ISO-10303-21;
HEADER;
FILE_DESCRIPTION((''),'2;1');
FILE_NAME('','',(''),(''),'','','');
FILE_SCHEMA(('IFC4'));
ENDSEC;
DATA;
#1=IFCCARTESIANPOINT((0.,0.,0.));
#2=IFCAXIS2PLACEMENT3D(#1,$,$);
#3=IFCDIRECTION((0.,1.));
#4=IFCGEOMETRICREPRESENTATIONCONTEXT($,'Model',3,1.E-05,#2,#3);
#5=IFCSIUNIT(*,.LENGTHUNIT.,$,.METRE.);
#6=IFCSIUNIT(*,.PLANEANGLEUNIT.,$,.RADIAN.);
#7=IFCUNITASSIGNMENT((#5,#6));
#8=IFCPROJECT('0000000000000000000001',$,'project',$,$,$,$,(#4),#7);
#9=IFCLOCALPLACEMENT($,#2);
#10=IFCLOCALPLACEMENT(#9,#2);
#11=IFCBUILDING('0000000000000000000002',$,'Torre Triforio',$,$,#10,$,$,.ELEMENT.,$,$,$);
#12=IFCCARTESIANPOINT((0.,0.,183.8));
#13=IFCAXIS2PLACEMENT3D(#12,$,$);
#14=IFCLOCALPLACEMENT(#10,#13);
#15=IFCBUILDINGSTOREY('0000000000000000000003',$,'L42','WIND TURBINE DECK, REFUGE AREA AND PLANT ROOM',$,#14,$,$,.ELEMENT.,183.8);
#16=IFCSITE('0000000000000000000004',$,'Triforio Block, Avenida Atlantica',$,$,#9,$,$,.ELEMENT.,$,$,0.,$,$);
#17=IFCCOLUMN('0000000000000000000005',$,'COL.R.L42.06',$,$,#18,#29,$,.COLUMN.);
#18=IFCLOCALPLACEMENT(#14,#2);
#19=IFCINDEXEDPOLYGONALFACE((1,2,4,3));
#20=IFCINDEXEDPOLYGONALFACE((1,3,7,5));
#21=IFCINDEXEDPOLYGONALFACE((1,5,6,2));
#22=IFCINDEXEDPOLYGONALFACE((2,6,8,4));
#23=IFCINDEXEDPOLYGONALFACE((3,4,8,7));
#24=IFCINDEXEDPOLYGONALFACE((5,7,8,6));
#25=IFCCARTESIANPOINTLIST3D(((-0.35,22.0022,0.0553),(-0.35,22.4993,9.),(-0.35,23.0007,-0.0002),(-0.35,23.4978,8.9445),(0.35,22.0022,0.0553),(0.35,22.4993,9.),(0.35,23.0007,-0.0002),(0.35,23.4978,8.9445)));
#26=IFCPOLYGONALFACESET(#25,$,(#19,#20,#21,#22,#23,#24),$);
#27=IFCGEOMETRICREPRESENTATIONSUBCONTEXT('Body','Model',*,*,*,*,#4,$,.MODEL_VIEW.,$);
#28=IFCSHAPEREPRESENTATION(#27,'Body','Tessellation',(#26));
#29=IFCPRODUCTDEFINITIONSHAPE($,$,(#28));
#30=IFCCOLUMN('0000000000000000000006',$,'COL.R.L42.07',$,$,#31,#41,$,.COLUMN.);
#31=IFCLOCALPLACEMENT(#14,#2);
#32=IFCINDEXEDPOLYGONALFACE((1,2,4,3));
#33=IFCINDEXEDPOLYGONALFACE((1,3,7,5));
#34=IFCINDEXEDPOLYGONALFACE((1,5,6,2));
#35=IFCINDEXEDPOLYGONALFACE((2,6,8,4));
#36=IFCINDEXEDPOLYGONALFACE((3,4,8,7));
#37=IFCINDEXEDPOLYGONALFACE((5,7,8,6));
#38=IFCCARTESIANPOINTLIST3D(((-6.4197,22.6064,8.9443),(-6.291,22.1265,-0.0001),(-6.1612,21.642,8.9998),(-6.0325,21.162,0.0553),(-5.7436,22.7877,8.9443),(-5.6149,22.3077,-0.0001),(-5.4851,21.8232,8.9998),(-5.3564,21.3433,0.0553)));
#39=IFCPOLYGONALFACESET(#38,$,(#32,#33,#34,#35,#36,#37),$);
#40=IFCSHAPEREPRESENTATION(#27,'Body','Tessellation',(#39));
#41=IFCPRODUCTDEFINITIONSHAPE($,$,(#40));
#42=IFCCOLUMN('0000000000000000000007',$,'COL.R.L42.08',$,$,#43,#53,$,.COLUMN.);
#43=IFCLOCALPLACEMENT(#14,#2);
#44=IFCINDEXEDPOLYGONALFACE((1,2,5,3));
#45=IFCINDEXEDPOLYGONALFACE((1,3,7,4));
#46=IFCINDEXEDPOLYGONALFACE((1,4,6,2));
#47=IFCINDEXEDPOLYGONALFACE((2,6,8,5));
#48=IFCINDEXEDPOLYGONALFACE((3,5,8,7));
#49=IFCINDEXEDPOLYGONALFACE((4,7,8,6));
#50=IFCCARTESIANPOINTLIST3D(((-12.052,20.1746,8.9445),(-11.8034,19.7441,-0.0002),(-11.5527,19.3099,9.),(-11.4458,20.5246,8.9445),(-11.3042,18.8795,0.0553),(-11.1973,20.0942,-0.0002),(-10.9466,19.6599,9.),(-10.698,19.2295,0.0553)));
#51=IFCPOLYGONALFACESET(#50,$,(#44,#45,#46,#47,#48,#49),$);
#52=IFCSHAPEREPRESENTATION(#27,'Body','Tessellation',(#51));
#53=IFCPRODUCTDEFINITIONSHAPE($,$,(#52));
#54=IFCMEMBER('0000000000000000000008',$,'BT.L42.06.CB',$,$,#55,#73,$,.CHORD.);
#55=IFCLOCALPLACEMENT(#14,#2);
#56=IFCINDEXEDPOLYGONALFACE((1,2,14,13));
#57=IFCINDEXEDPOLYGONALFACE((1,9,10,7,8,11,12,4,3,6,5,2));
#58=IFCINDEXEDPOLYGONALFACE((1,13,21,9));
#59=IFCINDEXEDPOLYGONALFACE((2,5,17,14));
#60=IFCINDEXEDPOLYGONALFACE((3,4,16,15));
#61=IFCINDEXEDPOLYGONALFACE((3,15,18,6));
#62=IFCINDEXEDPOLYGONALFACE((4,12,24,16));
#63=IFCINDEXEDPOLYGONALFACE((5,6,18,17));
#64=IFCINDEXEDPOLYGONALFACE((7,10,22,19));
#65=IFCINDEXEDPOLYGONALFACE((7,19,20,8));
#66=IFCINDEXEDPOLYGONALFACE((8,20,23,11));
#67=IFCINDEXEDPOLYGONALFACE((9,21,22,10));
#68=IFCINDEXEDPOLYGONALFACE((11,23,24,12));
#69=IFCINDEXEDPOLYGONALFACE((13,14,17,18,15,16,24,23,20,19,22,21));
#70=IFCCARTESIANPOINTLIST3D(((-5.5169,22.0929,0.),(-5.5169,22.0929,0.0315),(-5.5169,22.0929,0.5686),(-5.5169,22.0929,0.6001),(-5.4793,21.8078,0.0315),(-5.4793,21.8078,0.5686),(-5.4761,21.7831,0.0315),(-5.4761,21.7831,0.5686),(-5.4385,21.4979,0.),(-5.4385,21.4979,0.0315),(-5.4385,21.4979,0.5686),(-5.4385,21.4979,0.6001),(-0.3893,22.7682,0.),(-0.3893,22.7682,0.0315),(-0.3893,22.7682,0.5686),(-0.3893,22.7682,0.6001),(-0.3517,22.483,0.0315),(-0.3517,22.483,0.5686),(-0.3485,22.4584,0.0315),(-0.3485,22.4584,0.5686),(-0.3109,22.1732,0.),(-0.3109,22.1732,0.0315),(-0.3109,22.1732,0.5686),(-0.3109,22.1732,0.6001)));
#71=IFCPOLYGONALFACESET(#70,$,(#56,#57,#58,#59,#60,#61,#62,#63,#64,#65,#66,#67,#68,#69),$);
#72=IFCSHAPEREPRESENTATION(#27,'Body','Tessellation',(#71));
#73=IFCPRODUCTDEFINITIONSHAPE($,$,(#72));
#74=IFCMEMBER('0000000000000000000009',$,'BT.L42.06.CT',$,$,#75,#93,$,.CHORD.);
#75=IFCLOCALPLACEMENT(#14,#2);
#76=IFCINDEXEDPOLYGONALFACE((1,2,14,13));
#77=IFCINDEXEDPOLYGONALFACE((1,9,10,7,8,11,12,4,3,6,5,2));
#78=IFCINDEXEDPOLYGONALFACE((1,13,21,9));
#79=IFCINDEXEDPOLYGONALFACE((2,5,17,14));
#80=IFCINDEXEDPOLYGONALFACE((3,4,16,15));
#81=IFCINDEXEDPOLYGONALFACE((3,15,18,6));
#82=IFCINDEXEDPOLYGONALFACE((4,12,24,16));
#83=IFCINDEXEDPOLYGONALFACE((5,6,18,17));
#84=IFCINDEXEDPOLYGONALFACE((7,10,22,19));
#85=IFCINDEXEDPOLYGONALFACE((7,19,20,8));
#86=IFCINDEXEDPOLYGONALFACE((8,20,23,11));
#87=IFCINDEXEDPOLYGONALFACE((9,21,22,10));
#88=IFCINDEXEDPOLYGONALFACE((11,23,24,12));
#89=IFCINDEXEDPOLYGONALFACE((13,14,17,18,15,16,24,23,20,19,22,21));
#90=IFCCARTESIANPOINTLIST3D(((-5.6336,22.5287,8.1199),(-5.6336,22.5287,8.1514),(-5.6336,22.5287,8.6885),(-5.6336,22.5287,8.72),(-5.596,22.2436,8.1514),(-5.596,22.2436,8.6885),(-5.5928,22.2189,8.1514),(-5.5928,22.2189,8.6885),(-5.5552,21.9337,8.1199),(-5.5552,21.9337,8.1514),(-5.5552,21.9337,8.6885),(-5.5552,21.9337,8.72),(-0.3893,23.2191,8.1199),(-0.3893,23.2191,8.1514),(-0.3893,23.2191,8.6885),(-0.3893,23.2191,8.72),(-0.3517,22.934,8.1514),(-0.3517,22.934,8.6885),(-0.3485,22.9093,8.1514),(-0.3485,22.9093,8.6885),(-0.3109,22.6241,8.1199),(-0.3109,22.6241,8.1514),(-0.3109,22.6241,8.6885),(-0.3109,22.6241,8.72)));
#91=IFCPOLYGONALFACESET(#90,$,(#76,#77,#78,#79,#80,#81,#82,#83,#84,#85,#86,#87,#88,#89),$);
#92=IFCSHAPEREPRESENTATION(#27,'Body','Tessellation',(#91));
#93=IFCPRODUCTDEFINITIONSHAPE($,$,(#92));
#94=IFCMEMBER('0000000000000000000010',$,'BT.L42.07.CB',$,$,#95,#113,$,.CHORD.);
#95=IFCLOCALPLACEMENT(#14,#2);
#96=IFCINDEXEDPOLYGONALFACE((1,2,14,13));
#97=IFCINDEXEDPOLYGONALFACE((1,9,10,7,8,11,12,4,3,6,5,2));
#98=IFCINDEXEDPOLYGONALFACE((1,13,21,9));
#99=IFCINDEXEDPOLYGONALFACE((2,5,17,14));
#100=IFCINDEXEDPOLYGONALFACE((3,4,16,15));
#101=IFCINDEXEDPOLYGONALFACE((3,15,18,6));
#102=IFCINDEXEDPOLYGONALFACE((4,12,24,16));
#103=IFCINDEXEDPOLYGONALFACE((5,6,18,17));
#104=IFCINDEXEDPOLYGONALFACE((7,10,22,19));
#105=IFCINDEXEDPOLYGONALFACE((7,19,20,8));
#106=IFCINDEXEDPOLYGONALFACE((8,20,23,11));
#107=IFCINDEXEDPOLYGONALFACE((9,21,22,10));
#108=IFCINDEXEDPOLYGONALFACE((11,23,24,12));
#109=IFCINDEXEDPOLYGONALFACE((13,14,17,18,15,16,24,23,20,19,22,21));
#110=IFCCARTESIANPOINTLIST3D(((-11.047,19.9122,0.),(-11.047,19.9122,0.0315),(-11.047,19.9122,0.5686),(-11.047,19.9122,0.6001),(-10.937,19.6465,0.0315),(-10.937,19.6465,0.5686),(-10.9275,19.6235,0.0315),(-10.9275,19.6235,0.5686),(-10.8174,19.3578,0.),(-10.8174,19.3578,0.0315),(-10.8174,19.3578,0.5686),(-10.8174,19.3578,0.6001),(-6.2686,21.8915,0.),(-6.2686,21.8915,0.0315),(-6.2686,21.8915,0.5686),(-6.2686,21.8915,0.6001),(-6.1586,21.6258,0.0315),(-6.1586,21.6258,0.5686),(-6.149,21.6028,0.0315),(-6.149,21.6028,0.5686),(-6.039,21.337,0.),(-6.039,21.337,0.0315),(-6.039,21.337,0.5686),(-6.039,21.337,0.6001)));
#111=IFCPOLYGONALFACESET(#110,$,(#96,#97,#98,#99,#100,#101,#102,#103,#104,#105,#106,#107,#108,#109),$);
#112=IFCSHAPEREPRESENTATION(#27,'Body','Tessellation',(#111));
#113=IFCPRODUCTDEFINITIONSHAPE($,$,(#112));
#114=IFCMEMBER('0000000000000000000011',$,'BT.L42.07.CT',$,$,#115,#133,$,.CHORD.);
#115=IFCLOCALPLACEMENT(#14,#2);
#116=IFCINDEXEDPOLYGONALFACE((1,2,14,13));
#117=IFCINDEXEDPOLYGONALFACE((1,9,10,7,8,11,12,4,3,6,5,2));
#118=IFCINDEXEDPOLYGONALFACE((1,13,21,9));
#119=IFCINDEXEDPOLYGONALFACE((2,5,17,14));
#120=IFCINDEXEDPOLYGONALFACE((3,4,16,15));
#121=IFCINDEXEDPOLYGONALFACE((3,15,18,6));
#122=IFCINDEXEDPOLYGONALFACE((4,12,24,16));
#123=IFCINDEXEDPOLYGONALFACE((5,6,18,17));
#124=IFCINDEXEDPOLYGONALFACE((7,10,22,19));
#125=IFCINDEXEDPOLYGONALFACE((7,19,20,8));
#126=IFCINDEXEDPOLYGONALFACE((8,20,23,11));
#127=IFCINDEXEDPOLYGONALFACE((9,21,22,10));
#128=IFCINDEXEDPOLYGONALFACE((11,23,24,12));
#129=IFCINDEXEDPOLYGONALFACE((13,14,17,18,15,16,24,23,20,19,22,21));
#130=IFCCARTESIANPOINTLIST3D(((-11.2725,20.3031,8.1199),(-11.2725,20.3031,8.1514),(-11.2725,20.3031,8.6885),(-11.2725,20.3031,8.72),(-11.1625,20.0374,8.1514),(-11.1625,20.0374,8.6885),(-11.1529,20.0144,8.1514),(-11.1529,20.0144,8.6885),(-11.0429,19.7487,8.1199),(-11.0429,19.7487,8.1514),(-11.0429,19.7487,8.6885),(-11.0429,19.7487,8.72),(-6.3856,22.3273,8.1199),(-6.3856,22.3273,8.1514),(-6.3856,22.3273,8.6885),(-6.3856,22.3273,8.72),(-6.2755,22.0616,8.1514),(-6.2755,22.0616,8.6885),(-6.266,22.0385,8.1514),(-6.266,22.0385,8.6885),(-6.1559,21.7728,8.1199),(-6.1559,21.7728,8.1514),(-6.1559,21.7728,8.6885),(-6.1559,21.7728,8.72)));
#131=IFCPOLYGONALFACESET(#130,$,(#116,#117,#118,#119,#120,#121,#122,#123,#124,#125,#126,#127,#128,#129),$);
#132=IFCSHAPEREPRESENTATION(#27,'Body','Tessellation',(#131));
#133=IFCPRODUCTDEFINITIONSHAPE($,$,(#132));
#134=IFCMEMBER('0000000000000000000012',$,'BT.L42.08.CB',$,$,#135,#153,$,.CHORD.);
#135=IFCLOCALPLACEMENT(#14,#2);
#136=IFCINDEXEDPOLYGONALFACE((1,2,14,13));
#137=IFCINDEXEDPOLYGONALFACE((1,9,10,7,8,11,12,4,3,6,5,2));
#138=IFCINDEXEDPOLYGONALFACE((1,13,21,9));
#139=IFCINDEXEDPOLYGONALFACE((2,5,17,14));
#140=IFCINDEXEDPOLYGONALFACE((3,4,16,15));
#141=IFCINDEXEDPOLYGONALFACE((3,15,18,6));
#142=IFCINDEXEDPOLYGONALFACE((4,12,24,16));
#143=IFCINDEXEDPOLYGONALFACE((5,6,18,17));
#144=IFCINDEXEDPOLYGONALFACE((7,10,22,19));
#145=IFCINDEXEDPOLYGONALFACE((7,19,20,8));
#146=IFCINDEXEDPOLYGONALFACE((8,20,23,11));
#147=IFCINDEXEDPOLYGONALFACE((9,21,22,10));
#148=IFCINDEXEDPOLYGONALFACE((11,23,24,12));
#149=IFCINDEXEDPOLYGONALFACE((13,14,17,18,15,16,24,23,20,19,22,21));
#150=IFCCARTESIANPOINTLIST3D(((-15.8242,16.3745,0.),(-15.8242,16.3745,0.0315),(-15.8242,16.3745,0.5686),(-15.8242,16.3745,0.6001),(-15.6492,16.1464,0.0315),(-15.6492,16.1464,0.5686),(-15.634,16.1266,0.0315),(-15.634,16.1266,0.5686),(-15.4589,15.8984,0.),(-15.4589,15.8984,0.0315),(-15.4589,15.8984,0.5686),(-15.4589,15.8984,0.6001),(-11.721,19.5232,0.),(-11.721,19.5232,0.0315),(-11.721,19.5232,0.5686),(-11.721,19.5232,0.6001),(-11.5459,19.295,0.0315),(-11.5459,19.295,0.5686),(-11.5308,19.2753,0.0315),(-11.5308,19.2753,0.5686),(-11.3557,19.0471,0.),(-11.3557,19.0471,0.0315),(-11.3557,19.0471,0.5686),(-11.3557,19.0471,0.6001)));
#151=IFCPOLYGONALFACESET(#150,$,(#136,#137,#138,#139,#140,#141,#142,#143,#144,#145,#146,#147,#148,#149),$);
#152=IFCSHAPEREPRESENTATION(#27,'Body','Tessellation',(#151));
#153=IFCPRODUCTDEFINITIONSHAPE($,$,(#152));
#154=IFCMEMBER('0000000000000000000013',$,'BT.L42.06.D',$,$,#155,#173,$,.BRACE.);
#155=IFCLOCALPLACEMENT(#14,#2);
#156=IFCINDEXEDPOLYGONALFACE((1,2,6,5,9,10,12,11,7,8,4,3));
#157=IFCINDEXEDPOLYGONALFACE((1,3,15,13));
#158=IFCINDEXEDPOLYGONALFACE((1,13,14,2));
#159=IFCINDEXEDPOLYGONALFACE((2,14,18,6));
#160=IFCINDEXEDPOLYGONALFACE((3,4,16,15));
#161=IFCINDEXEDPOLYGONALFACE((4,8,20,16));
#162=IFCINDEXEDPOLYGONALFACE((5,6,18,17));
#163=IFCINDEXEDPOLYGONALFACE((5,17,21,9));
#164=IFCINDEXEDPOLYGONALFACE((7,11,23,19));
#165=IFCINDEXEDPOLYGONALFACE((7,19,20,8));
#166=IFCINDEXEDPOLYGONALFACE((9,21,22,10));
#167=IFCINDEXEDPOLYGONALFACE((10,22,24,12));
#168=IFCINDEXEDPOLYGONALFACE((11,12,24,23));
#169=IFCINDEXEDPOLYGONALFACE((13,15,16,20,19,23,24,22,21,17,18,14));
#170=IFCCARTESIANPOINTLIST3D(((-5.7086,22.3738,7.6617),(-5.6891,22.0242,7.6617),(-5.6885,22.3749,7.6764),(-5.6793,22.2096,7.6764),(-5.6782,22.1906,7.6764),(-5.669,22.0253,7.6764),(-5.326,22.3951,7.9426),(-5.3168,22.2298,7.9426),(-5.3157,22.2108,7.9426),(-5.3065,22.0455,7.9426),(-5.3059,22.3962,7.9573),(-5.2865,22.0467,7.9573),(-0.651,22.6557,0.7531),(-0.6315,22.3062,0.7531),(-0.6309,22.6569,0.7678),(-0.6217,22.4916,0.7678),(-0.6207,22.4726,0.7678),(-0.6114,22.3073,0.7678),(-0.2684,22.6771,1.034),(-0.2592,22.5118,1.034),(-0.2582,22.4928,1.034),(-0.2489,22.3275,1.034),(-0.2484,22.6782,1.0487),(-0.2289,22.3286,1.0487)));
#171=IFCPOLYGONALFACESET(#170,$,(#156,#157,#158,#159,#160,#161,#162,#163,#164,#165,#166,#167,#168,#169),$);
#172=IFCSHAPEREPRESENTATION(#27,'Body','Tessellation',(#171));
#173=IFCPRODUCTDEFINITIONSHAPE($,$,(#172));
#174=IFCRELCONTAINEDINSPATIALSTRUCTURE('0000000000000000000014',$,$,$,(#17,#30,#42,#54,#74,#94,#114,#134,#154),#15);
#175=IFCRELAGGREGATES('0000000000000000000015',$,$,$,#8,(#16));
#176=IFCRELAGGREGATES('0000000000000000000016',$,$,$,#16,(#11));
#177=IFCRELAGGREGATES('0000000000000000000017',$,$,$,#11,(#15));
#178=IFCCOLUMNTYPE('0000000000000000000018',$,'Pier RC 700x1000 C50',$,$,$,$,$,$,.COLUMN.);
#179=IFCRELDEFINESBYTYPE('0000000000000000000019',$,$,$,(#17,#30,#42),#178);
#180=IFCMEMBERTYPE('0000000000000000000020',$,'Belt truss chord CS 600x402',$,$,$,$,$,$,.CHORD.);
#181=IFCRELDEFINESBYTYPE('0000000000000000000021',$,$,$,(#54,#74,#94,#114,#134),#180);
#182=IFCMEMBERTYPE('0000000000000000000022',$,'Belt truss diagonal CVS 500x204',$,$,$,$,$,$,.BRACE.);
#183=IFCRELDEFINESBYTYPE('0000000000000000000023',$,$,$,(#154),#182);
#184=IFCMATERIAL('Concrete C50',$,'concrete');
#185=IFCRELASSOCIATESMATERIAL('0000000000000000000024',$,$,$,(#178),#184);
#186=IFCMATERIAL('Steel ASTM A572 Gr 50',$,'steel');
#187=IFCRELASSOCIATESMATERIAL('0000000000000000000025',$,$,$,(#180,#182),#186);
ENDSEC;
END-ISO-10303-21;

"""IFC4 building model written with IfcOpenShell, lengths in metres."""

from ifc_helpers import new_model, si_unit, direction, frame, origin, origin_2d, place, context, subcontext, project, spatial, rectangle, i_section, extrude, material, material_profile, profile_set, type_object, element, save


model = new_model("IFC4")

# Units and contexts
model_context = context("Model", 3, precision=1e-05, world=origin(), true_north=direction((0.0, 1.0)))
body_context = subcontext(model_context, "Body", "Model", "MODEL_VIEW")
ifc_project = project(units=[si_unit("LENGTHUNIT", "METRE"), si_unit("PLANEANGLEUNIT", "RADIAN")], contexts=[model_context])

# Site, building, storey
site_placement = place(None, origin())
site = spatial("IfcSite", under=ifc_project, at=site_placement, Name="Triforio Block, Avenida Atlantica", CompositionType="ELEMENT", RefElevation=0.0)
building_placement = place(site_placement, origin())
building = spatial("IfcBuilding", under=site, at=building_placement, Name="Torre Triforio", CompositionType="ELEMENT")
storey_placement = place(building_placement, frame((0.0, 0.0, 183.8)))
storey = spatial("IfcBuildingStorey", under=building, at=storey_placement, Name="L42", Description="WIND TURBINE DECK, REFUGE AREA AND PLANT ROOM", CompositionType="ELEMENT", Elevation=183.8)

# Columns
ifc_material_1 = material(Name="Concrete C50", Category="concrete")
ifc_material_profile_1 = material_profile(ifc_material_1, rectangle(XDim=0.7, YDim=1.0, at=origin_2d()), Name="RC 700x1000")
ifc_profile_set_1 = profile_set([ifc_material_profile_1], Name="Concrete C50")
column_type = type_object("IfcColumnType", Name="Pier RC 700x1000 C50", PredefinedType="COLUMN", material=ifc_profile_set_1)
column_1_placement = place(storey_placement, frame((0.0, 22.5015, 0.0276), z_axis=(0.0, 0.055487, 0.998459), x_axis=(-1.0, 0.0, 0.0)))
element("IfcColumn", 1, at=column_1_placement, inside=storey, type_object=column_type, Name="COL.R.L42.06", PredefinedType="COLUMN", context=body_context, shape_type="SweptSolid", body=[
    extrude(rectangle(XDim=0.7, YDim=1.0, at=origin_2d()), origin(), (0.0, 0.0, 1.0), 8.9585),
])
column_2_placement = place(storey_placement, frame((-5.8237, 21.7349, 0.0276), z_axis=(-0.014362, 0.053579, 0.99846), x_axis=(-0.9659, -0.258916, 0.0)))
element("IfcColumn", 2, at=column_2_placement, inside=storey, type_object=column_type, Name="COL.R.L42.07", PredefinedType="COLUMN", context=body_context, shape_type="SweptSolid", body=[
    extrude(rectangle(XDim=0.7, YDim=1.0, at=origin_2d()), origin(), (0.0, 0.0, 1.0), 8.9583),
])
column_3_placement = place(storey_placement, frame((-11.2507, 19.4868, 0.0276), z_axis=(-0.027743, 0.048047, 0.99846), x_axis=(-0.865997, -0.500048, 0.0)))
element("IfcColumn", 3, at=column_3_placement, inside=storey, type_object=column_type, Name="COL.R.L42.08", PredefinedType="COLUMN", context=body_context, shape_type="SweptSolid", body=[
    extrude(rectangle(XDim=0.7, YDim=1.0, at=origin_2d()), origin(), (0.0, 0.0, 1.0), 8.9585),
])

# Members
ifc_material_2 = material(Name="Steel ASTM A572 Gr 50", Category="steel")
ifc_material_profile_2 = material_profile(ifc_material_2, i_section(OverallWidth=0.6001, OverallDepth=0.6001, WebThickness=0.0249, FlangeThickness=0.0315, at=origin_2d()), Name="CS 600x402")
ifc_profile_set_2 = profile_set([ifc_material_profile_2], Name="Steel ASTM A572 Gr 50")
member_type_1 = type_object("IfcMemberType", Name="Belt truss chord CS 600x402", PredefinedType="CHORD", material=ifc_profile_set_2)
member_1_placement = place(storey_placement, frame((-0.3501, 22.4707, 0.3), z_axis=(-0.991439, -0.130568, 0.0), x_axis=(0.130568, -0.991439, 0.0)))
element("IfcMember", 4, at=member_1_placement, inside=storey, type_object=member_type_1, Name="BT.L42.06.CB", PredefinedType="CHORD", context=body_context, shape_type="SweptSolid", body=[
    extrude(i_section(OverallWidth=0.6001, OverallDepth=0.6001, WebThickness=0.0249, FlangeThickness=0.0315, at=origin_2d()), origin(), (0.0, 0.0, 1.0), 5.1719),
])
member_2_placement = place(storey_placement, frame((-0.3501, 22.9216, 8.4199), z_axis=(-0.991445, -0.130525, 0.0), x_axis=(0.130525, -0.991445, 0.0)))
element("IfcMember", 5, at=member_2_placement, inside=storey, type_object=member_type_1, Name="BT.L42.06.CT", PredefinedType="CHORD", context=body_context, shape_type="SweptSolid", body=[
    extrude(i_section(OverallWidth=0.6001, OverallDepth=0.6001, WebThickness=0.0249, FlangeThickness=0.0315, at=origin_2d()), origin(), (0.0, 0.0, 1.0), 5.2896),
])
member_3_placement = place(storey_placement, frame((-6.1538, 21.6143, 0.3), z_axis=(-0.923879, -0.382684, 0.0), x_axis=(0.382684, -0.923879, 0.0)))
element("IfcMember", 6, at=member_3_placement, inside=storey, type_object=member_type_1, Name="BT.L42.07.CB", PredefinedType="CHORD", context=body_context, shape_type="SweptSolid", body=[
    extrude(i_section(OverallWidth=0.6001, OverallDepth=0.6001, WebThickness=0.0249, FlangeThickness=0.0315, at=origin_2d()), origin(), (0.0, 0.0, 1.0), 5.1721),
])
member_4_placement = place(storey_placement, frame((-6.2708, 22.05, 8.4199), z_axis=(-0.923885, -0.382671, 0.0), x_axis=(0.382671, -0.923885, 0.0)))
element("IfcMember", 7, at=member_4_placement, inside=storey, type_object=member_type_1, Name="BT.L42.07.CT", PredefinedType="CHORD", context=body_context, shape_type="SweptSolid", body=[
    extrude(i_section(OverallWidth=0.6001, OverallDepth=0.6001, WebThickness=0.0249, FlangeThickness=0.0315, at=origin_2d()), origin(), (0.0, 0.0, 1.0), 5.2896),
])
member_5_placement = place(storey_placement, frame((-11.5383, 19.2852, 0.3), z_axis=(-0.793341, -0.608777, 0.0), x_axis=(0.608777, -0.793341, 0.0)))
element("IfcMember", 8, at=member_5_placement, inside=storey, type_object=member_type_1, Name="BT.L42.08.CB", PredefinedType="CHORD", context=body_context, shape_type="SweptSolid", body=[
    extrude(i_section(OverallWidth=0.6001, OverallDepth=0.6001, WebThickness=0.0249, FlangeThickness=0.0315, at=origin_2d()), origin(), (0.0, 0.0, 1.0), 5.1721),
])
ifc_material_profile_3 = material_profile(ifc_material_2, i_section(OverallWidth=0.3501, OverallDepth=0.5, WebThickness=0.019, FlangeThickness=0.0249, at=origin_2d()), Name="CVS 500x204")
ifc_profile_set_3 = profile_set([ifc_material_profile_3], Name="Steel ASTM A572 Gr 50")
member_type_2 = type_object("IfcMemberType", Name="Belt truss diagonal CVS 500x204", PredefinedType="BRACE", material=ifc_profile_set_3)
member_6_placement = place(storey_placement, frame((-0.4399, 22.4922, 0.9009), z_axis=(-0.590378, -0.032916, 0.806455), x_axis=(0.055668, -0.998449, 0.0)))
element("IfcMember", 9, at=member_6_placement, inside=storey, type_object=member_type_2, Name="BT.L42.06.D", PredefinedType="BRACE", context=body_context, shape_type="SweptSolid", body=[
    extrude(i_section(OverallWidth=0.3501, OverallDepth=0.5, WebThickness=0.019, FlangeThickness=0.0249, at=origin_2d()), origin(), (0.0, 0.0, 1.0), 8.5667),
])

save(model, "model.ifc")
